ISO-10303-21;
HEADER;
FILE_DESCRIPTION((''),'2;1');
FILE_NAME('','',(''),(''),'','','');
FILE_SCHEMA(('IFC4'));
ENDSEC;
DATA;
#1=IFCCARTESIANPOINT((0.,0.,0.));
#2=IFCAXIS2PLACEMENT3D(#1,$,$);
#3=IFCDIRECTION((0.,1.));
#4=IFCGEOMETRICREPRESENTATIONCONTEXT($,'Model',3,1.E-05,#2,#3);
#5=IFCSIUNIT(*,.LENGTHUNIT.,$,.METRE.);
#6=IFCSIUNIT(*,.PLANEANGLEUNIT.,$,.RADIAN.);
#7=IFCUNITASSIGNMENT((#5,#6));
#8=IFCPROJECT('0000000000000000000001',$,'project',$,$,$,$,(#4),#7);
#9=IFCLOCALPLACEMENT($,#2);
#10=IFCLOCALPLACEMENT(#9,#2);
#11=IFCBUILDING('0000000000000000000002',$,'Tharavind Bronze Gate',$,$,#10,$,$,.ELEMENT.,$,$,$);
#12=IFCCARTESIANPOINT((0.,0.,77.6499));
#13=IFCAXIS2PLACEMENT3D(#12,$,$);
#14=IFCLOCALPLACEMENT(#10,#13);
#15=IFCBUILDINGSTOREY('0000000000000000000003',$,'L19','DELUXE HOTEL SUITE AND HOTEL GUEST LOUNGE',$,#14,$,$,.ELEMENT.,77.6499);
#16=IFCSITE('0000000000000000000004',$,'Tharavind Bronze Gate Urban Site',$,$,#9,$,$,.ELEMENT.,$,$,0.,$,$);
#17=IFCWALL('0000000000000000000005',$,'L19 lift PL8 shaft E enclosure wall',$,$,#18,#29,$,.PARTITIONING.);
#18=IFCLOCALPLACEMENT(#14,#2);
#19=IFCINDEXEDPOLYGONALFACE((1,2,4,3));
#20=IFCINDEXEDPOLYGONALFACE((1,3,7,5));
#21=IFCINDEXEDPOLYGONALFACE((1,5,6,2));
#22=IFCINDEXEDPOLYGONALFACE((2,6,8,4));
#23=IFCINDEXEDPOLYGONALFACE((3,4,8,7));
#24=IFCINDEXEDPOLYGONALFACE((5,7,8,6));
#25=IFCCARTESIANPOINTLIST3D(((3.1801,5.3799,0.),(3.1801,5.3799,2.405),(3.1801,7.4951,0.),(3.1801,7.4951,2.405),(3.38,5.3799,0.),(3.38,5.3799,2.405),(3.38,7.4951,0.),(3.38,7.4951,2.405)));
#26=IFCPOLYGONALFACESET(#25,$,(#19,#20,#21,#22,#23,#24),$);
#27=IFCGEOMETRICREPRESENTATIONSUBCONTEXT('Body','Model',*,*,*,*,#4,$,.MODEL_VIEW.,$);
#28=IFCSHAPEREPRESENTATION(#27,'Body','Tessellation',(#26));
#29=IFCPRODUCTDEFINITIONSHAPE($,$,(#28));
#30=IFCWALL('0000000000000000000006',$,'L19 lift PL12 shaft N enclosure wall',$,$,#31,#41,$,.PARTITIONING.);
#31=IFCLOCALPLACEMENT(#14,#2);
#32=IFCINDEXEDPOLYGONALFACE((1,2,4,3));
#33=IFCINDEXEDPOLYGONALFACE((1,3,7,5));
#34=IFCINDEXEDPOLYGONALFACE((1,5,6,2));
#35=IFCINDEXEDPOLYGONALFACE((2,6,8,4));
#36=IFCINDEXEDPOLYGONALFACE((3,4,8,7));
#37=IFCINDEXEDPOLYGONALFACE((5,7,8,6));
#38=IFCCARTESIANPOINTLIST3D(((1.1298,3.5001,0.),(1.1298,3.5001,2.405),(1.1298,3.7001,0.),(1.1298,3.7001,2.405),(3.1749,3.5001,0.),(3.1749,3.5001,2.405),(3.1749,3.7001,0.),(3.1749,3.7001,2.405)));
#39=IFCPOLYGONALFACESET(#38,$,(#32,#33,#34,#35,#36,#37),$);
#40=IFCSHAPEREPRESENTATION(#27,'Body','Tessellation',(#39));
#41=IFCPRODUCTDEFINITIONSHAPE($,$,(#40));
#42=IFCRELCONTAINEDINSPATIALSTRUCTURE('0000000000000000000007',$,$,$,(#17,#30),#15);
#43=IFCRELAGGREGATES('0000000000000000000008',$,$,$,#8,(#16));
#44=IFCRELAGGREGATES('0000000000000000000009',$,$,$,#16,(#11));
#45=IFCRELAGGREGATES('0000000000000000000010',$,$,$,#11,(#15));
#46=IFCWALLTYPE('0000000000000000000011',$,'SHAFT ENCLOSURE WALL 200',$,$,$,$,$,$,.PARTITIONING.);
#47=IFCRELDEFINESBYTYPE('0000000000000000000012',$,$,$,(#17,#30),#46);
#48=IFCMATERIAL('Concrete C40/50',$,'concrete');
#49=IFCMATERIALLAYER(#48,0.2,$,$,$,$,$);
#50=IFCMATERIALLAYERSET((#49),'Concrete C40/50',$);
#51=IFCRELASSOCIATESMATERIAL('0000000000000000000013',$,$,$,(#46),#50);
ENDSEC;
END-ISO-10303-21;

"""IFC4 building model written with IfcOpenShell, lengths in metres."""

from ifc_helpers import new_model, si_unit, direction, frame, frame_2d, origin, place, context, subcontext, project, spatial, rectangle, extrude, material, layer, layer_set, type_object, element, save


model = new_model("IFC4")

# Units and contexts
model_context = context("Model", 3, precision=1e-05, world=origin(), true_north=direction((0.0, 1.0)))
body_context = subcontext(model_context, "Body", "Model", "MODEL_VIEW")
ifc_project = project(units=[si_unit("LENGTHUNIT", "METRE"), si_unit("PLANEANGLEUNIT", "RADIAN")], contexts=[model_context])

# Site, building, storey
site_placement = place(None, origin())
site = spatial("IfcSite", under=ifc_project, at=site_placement, Name="Tharavind Bronze Gate Urban Site", CompositionType="ELEMENT", RefElevation=0.0)
building_placement = place(site_placement, origin())
building = spatial("IfcBuilding", under=site, at=building_placement, Name="Tharavind Bronze Gate", CompositionType="ELEMENT")
storey_placement = place(building_placement, frame((0.0, 0.0, 77.6499)))
storey = spatial("IfcBuildingStorey", under=building, at=storey_placement, Name="L19", Description="DELUXE HOTEL SUITE AND HOTEL GUEST LOUNGE", CompositionType="ELEMENT", Elevation=77.6499)

# Walls
ifc_material_1 = material(Name="Concrete C40/50", Category="concrete")
ifc_layer_1 = layer(ifc_material_1, 0.2)
ifc_layer_set_1 = layer_set([ifc_layer_1], Name="Concrete C40/50")
wall_type_1 = type_object("IfcWallType", Name="SHAFT ENCLOSURE WALL 200", PredefinedType="PARTITIONING", material=ifc_layer_set_1)
wall_1_placement = place(storey_placement, frame((3.28, 5.3799, 0.0), z_axis=(0.0, 0.0, 1.0), x_axis=(0.0, 1.0, 0.0)))
element("IfcWall", 1, at=wall_1_placement, inside=storey, type_object=wall_type_1, Name="L19 lift PL8 shaft E enclosure wall", PredefinedType="PARTITIONING", context=body_context, shape_type="SweptSolid", body=[
    extrude(rectangle(XDim=2.1152, YDim=0.2, at=frame_2d((1.0576, 0.0))), origin(), (0.0, 0.0, 1.0), 2.405),
])
wall_2_placement = place(storey_placement, frame((1.1299, 3.6001, 0.0), z_axis=(0.0, 0.0, 1.0), x_axis=(1.0, 0.0, 0.0)))
element("IfcWall", 2, at=wall_2_placement, inside=storey, type_object=wall_type_1, Name="L19 lift PL12 shaft N enclosure wall", PredefinedType="PARTITIONING", context=body_context, shape_type="SweptSolid", body=[
    extrude(rectangle(XDim=2.0452, YDim=0.2, at=frame_2d((1.0225, 0.0))), origin(), (0.0, 0.0, 1.0), 2.405),
])

save(model, "model.ifc")
